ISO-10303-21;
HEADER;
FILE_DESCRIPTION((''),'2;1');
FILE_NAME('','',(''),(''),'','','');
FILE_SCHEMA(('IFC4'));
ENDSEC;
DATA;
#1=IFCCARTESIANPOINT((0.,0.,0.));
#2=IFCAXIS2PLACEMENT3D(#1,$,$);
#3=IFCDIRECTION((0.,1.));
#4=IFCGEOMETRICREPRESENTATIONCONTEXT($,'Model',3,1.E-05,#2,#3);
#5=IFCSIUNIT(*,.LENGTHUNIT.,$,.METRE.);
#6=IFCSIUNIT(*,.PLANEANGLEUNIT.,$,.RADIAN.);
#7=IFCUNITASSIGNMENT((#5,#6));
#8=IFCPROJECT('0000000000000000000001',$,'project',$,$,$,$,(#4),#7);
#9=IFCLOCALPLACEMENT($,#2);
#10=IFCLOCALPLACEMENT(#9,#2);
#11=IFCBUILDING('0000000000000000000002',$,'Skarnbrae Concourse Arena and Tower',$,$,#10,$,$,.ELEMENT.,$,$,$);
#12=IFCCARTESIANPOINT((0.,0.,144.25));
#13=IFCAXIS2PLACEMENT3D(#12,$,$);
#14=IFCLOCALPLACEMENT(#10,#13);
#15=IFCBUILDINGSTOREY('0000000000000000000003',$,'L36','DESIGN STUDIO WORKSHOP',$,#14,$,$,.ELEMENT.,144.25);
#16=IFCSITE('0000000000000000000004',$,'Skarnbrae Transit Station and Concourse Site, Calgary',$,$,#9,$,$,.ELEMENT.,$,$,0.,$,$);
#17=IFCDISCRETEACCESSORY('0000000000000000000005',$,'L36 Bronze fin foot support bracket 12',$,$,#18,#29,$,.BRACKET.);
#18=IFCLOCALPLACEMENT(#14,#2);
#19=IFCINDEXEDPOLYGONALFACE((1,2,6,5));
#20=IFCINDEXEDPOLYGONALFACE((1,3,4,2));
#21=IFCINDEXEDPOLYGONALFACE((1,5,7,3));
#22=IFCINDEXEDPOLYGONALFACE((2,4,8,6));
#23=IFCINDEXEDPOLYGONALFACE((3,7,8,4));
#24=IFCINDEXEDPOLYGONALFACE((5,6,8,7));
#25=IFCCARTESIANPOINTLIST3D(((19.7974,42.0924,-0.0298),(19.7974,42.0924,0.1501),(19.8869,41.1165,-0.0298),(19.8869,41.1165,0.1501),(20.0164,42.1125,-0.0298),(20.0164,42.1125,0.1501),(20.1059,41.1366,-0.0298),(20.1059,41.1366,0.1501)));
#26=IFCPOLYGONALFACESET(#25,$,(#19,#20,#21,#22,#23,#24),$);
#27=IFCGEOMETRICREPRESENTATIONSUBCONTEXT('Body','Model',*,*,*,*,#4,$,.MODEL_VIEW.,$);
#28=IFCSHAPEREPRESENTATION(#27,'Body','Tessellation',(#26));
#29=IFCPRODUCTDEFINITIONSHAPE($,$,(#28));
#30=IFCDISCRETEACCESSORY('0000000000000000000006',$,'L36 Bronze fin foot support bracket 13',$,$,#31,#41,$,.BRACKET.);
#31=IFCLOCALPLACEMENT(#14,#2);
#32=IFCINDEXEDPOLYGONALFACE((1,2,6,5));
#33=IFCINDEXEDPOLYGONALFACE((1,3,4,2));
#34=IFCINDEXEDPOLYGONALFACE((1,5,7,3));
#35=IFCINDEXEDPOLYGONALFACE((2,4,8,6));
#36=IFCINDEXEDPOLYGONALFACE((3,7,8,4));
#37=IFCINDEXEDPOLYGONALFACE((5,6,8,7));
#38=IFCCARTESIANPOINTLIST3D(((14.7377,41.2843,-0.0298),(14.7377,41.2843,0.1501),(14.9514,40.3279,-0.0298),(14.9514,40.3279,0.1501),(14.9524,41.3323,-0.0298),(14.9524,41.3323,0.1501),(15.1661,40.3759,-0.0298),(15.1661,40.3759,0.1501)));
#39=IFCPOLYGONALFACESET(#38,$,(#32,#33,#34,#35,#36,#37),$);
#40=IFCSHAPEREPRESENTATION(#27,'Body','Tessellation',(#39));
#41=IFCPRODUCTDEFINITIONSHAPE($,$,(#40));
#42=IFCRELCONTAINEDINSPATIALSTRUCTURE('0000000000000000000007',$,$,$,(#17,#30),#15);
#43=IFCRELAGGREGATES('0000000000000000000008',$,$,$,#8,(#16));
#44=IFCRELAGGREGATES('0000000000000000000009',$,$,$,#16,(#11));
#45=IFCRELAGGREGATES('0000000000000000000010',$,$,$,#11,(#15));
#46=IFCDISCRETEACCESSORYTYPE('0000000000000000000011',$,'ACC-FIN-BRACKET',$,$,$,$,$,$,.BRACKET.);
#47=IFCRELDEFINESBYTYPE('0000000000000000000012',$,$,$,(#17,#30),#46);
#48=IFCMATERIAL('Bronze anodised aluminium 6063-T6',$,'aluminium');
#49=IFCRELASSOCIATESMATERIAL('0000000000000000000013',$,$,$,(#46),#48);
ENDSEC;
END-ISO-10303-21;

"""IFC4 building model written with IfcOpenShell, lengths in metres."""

from ifc_helpers import new_model, si_unit, direction, frame, origin, origin_2d, place, context, subcontext, project, spatial, rectangle, extrude, source, transform, mapped, material, type_object, element, save


model = new_model("IFC4")

# Units and contexts
model_context = context("Model", 3, precision=1e-05, world=origin(), true_north=direction((0.0, 1.0)))
body_context = subcontext(model_context, "Body", "Model", "MODEL_VIEW")
ifc_project = project(units=[si_unit("LENGTHUNIT", "METRE"), si_unit("PLANEANGLEUNIT", "RADIAN")], contexts=[model_context])

# Site, building, storey
site_placement = place(None, origin())
site = spatial("IfcSite", under=ifc_project, at=site_placement, Name="Skarnbrae Transit Station and Concourse Site, Calgary", CompositionType="ELEMENT", RefElevation=0.0)
building_placement = place(site_placement, origin())
building = spatial("IfcBuilding", under=site, at=building_placement, Name="Skarnbrae Concourse Arena and Tower", CompositionType="ELEMENT")
storey_placement = place(building_placement, frame((0.0, 0.0, 144.25)))
storey = spatial("IfcBuildingStorey", under=building, at=storey_placement, Name="L36", Description="DESIGN STUDIO WORKSHOP", CompositionType="ELEMENT", Elevation=144.25)

# Shared definitions
ifc_material_1 = material(Name="Bronze anodised aluminium 6063-T6", Category="aluminium")

# Discrete accessories
discrete_accessory_type = type_object("IfcDiscreteAccessoryType", Name="ACC-FIN-BRACKET", PredefinedType="BRACKET", material=ifc_material_1)
shared_shape_1 = source(origin(), body_context, "Body", "SweptSolid", [
    extrude(rectangle(XDim=0.22, YDim=0.98, at=origin_2d()), origin(), (0.0, 0.0, 1.0), 0.1799),
])
for number, where, z_axis, x_axis, name in (
    (1, (19.9517, 41.6145, -0.0298), (0.0, 0.0, 1.0), (0.995819, 0.091345, 0.0), "L36 Bronze fin foot support bracket 12"),
    (2, (14.9519, 40.8301, -0.0298), (0.0, 0.0, 1.0), (0.975936, 0.218058, 0.0), "L36 Bronze fin foot support bracket 13"),
):
    element("IfcDiscreteAccessory", number, at=place(storey_placement, frame(where, z_axis=z_axis, x_axis=x_axis)), inside=storey, type_object=discrete_accessory_type, Name=name, PredefinedType="BRACKET", context=body_context, shape_type="MappedRepresentation", body=[
        mapped(shared_shape_1, transform((0.0, 0.0, 0.0))),
    ])

save(model, "model.ifc")
